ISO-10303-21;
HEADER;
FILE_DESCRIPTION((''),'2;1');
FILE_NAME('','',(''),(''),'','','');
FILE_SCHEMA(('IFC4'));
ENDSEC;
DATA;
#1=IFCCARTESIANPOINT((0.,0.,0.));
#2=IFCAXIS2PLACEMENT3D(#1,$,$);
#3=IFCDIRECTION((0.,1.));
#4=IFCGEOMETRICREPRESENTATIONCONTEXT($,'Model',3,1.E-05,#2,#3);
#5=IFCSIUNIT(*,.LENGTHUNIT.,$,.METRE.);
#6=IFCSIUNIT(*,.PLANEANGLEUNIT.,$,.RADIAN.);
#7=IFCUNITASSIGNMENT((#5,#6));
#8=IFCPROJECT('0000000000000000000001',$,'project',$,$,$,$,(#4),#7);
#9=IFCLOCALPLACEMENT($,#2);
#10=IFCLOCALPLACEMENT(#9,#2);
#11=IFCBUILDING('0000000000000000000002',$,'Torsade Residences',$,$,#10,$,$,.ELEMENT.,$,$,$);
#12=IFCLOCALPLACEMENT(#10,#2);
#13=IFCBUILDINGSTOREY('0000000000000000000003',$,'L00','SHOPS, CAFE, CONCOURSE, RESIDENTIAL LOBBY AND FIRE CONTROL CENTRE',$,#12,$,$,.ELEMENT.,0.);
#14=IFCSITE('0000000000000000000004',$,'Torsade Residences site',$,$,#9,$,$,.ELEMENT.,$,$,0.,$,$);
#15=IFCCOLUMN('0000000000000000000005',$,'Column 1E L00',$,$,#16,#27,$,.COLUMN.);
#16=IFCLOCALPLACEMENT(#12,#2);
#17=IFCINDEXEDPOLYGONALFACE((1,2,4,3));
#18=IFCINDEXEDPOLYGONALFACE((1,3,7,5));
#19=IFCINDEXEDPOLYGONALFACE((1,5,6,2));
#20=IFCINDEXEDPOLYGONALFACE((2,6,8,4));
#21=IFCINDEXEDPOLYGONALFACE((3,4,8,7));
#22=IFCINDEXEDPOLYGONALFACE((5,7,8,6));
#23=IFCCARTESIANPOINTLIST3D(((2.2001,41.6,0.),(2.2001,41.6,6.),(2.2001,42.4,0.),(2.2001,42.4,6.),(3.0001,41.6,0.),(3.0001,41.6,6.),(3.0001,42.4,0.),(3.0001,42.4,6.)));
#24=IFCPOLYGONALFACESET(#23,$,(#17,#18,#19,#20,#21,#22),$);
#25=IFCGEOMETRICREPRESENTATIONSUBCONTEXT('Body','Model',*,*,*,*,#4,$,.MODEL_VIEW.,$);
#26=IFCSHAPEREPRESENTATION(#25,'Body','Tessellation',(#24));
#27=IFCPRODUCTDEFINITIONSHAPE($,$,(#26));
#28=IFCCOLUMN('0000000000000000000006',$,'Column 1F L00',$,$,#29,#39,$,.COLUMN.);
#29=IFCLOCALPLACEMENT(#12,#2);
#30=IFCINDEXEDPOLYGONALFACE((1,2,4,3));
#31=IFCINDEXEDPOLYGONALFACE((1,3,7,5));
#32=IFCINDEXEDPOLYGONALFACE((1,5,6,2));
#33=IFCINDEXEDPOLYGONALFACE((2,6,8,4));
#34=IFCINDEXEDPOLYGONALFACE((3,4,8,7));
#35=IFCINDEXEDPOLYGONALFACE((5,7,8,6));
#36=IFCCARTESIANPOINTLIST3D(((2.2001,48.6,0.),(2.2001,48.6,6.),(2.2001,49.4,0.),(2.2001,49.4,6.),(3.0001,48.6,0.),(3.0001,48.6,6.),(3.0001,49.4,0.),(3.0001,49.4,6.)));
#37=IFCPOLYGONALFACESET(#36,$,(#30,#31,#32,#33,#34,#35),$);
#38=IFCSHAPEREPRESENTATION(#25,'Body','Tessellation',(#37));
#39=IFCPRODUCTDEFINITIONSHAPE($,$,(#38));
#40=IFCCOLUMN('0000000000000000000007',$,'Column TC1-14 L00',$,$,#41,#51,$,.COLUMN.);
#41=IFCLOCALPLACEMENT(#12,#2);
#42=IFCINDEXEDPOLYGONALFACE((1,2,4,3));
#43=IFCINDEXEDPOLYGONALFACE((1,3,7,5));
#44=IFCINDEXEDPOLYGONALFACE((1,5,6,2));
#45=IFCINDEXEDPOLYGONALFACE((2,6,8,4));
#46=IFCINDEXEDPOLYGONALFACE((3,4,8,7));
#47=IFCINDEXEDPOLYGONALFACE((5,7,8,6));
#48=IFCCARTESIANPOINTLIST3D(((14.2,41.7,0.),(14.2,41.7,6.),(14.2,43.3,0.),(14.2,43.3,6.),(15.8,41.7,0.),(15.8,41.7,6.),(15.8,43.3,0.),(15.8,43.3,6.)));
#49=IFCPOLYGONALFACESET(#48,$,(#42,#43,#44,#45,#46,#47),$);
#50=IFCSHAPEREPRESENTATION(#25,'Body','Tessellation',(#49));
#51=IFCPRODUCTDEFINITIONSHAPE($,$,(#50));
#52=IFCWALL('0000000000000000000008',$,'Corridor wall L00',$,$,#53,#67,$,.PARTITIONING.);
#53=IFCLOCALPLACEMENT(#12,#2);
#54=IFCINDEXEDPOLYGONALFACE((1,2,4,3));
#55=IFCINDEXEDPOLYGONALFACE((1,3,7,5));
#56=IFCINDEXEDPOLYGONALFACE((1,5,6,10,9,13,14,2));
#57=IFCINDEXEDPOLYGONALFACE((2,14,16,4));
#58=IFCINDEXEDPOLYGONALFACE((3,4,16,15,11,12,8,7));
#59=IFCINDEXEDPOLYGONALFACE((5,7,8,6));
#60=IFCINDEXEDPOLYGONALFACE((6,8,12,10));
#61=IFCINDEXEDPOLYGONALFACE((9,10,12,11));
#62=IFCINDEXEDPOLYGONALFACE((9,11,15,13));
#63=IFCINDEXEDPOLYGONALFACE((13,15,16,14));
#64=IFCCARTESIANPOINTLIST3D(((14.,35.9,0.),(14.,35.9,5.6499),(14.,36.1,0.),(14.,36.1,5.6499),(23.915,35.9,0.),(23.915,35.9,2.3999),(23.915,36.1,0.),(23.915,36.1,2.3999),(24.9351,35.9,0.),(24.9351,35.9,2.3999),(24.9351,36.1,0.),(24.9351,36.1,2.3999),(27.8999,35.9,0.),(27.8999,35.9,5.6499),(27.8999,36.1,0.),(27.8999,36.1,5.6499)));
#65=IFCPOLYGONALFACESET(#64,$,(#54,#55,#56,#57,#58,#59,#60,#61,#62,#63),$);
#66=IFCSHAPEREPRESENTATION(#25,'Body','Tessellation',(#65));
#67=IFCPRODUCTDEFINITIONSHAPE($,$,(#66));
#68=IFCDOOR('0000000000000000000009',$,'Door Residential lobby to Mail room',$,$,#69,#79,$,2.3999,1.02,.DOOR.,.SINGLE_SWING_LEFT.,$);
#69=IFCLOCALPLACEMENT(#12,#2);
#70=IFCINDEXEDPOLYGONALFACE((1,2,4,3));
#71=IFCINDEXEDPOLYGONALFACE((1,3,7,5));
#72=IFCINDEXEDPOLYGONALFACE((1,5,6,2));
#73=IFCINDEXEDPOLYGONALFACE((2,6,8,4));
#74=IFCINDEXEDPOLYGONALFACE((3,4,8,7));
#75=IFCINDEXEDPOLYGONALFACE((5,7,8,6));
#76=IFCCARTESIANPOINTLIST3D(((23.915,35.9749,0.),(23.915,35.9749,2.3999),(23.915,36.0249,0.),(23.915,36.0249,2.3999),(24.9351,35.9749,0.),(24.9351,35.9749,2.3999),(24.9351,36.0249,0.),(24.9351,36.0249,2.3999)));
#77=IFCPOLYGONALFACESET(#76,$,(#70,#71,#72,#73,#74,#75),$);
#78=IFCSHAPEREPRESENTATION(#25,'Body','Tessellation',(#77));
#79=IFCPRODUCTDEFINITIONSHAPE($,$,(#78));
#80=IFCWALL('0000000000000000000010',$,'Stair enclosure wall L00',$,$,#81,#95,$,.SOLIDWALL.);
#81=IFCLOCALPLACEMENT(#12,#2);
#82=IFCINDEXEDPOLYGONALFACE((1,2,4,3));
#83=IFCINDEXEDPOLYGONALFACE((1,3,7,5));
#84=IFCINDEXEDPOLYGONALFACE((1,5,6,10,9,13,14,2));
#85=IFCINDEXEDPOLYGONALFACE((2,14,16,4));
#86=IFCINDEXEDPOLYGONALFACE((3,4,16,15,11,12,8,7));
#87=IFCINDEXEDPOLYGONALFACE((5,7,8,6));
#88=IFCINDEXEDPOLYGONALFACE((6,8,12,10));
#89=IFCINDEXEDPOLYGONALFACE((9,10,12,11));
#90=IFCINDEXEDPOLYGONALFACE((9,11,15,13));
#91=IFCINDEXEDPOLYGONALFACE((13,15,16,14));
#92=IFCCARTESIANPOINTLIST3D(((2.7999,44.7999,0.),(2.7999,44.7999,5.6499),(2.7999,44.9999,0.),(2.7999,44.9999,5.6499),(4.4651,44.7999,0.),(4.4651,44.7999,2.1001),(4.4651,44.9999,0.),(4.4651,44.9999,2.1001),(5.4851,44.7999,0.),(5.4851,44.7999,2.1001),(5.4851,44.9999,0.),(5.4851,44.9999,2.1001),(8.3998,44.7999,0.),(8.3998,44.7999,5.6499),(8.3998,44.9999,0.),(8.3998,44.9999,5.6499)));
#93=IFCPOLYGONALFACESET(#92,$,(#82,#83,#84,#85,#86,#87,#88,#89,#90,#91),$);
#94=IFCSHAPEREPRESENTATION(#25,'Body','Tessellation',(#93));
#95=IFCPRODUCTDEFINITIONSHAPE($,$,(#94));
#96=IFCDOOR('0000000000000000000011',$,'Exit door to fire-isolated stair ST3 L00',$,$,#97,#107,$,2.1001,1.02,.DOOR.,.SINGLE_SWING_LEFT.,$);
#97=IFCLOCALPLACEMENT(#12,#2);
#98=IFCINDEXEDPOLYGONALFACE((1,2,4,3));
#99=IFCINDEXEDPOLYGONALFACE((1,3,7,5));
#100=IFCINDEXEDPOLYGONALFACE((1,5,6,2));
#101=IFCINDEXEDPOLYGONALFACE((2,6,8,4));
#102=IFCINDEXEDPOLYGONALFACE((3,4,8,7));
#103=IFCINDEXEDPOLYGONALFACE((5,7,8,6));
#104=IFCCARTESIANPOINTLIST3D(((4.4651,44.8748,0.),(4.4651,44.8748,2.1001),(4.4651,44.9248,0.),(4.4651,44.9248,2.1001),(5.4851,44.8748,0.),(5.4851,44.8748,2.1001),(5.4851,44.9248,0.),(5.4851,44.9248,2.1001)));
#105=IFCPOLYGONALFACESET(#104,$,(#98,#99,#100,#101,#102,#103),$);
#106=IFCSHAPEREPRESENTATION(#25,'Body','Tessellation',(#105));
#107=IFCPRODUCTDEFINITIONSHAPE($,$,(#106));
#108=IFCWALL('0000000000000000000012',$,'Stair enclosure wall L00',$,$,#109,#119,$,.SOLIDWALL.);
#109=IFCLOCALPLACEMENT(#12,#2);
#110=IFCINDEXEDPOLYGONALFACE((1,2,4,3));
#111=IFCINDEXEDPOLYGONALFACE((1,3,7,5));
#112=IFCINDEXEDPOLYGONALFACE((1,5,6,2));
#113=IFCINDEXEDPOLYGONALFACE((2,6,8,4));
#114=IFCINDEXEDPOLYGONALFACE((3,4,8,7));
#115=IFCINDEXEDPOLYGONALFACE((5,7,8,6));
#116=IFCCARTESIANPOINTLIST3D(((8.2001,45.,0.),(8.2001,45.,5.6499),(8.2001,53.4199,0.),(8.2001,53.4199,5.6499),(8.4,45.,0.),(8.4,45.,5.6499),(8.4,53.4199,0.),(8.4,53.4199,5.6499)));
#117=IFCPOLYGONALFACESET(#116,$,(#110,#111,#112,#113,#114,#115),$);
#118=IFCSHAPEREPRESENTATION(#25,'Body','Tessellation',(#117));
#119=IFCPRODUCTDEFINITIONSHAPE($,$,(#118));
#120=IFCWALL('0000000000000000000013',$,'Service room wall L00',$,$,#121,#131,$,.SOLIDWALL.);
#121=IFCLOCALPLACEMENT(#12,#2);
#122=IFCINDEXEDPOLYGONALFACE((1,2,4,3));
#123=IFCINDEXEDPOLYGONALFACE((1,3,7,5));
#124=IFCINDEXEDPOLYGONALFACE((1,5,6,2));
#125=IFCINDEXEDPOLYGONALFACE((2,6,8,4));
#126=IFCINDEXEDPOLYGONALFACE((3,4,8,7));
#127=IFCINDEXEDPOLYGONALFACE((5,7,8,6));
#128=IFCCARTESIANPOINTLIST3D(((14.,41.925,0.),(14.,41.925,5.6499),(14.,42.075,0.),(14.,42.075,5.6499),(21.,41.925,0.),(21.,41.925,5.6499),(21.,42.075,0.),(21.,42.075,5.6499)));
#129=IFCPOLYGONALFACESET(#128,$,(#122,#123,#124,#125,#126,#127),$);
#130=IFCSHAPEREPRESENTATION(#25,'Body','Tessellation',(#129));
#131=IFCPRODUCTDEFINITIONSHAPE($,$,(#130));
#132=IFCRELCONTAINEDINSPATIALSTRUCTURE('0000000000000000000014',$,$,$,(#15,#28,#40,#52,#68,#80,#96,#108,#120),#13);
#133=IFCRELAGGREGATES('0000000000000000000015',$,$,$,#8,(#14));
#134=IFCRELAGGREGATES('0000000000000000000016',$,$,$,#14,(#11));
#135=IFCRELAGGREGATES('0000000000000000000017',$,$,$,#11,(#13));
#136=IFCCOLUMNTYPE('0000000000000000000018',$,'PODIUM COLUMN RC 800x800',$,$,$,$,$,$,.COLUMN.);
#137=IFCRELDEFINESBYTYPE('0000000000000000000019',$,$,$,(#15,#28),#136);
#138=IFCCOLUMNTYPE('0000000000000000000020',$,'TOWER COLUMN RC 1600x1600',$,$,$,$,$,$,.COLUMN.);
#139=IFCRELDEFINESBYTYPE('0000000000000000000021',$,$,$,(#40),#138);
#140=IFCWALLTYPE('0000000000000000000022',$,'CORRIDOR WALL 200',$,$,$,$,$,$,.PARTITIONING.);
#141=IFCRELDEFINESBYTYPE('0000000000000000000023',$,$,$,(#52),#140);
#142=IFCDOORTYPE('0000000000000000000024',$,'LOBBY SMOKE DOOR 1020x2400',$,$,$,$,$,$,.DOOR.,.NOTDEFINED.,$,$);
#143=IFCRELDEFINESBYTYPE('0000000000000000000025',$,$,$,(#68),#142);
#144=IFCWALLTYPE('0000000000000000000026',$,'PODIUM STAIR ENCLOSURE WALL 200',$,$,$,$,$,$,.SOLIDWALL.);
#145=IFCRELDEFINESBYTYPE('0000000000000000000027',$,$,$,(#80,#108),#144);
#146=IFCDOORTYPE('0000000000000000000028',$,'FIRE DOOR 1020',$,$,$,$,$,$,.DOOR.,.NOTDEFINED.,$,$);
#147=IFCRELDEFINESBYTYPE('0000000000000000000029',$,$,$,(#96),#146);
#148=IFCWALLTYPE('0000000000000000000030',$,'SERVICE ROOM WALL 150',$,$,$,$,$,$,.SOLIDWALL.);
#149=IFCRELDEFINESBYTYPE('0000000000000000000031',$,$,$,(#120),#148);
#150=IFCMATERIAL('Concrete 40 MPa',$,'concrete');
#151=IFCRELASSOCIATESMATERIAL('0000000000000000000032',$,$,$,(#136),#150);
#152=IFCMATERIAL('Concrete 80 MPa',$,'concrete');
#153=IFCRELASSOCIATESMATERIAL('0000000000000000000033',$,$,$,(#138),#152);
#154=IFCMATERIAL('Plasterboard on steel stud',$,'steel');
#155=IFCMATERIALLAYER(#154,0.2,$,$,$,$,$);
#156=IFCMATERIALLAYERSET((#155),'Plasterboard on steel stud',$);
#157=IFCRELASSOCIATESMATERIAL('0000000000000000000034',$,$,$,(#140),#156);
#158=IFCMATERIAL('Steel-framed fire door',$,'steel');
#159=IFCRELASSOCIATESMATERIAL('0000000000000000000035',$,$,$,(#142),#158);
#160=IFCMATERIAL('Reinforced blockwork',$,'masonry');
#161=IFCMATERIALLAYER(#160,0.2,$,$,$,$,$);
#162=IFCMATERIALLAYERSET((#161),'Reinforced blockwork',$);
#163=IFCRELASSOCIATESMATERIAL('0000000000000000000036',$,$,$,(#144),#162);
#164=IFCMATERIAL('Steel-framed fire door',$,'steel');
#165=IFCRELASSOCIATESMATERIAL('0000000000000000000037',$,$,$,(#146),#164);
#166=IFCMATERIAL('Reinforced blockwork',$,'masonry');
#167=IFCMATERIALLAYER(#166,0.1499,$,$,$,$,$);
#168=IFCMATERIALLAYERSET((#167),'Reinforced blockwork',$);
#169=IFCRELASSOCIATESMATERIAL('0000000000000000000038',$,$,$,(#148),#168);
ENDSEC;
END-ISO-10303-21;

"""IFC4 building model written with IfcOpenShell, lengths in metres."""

from ifc_helpers import new_model, si_unit, direction, frame, frame_2d, origin, origin_2d, place, context, subcontext, project, spatial, rectangle, extrude, material, layer, layer_set, material_profile, profile_set, type_object, element, fill, save


model = new_model("IFC4")

# Units and contexts
model_context = context("Model", 3, precision=1e-05, world=origin(), true_north=direction((0.0, 1.0)))
body_context = subcontext(model_context, "Body", "Model", "MODEL_VIEW")
ifc_project = project(units=[si_unit("LENGTHUNIT", "METRE"), si_unit("PLANEANGLEUNIT", "RADIAN")], contexts=[model_context])

# Site, building, storey
site_placement = place(None, origin())
site = spatial("IfcSite", under=ifc_project, at=site_placement, Name="Torsade Residences site", CompositionType="ELEMENT", RefElevation=0.0)
building_placement = place(site_placement, origin())
building = spatial("IfcBuilding", under=site, at=building_placement, Name="Torsade Residences", CompositionType="ELEMENT")
storey_placement = place(building_placement, origin())
storey = spatial("IfcBuildingStorey", under=building, at=storey_placement, Name="L00", Description="SHOPS, CAFE, CONCOURSE, RESIDENTIAL LOBBY AND FIRE CONTROL CENTRE", CompositionType="ELEMENT", Elevation=0.0)

# Columns
ifc_material_1 = material(Name="Concrete 40 MPa", Category="concrete")
ifc_material_profile_1 = material_profile(ifc_material_1, rectangle(XDim=0.8, YDim=0.8, at=origin_2d()), Name="RC 800x800")
ifc_profile_set_1 = profile_set([ifc_material_profile_1], Name="Concrete 40 MPa")
column_type_1 = type_object("IfcColumnType", Name="PODIUM COLUMN RC 800x800", PredefinedType="COLUMN", material=ifc_profile_set_1)
for number, where, z_axis, x_axis, name in (
    (1, (2.6001, 42.0, 0.0), (0.0, 0.0, 1.0), (1.0, 0.0, 0.0), "Column 1E L00"),
    (2, (2.6001, 49.0, 0.0), (0.0, 0.0, 1.0), (1.0, 0.0, 0.0), "Column 1F L00"),
):
    element("IfcColumn", number, at=place(storey_placement, frame(where, z_axis=z_axis, x_axis=x_axis)), inside=storey, type_object=column_type_1, Name=name, PredefinedType="COLUMN", context=body_context, shape_type="SweptSolid", body=[
        extrude(rectangle(XDim=0.8, YDim=0.8, at=origin_2d()), origin(), (0.0, 0.0, 1.0), 6.0),
    ])
ifc_material_2 = material(Name="Concrete 80 MPa", Category="concrete")
ifc_material_profile_2 = material_profile(ifc_material_2, rectangle(XDim=1.6001, YDim=1.6001, at=origin_2d()), Name="RC 1600x1600")
ifc_profile_set_2 = profile_set([ifc_material_profile_2], Name="Concrete 80 MPa")
column_type_2 = type_object("IfcColumnType", Name="TOWER COLUMN RC 1600x1600", PredefinedType="COLUMN", material=ifc_profile_set_2)
column_placement = place(storey_placement, frame((15.0, 42.5, 0.0), z_axis=(0.0, 0.0, 1.0), x_axis=(1.0, 0.0, 0.0)))
element("IfcColumn", 3, at=column_placement, inside=storey, type_object=column_type_2, Name="Column TC1-14 L00", PredefinedType="COLUMN", context=body_context, shape_type="SweptSolid", body=[
    extrude(rectangle(XDim=1.6001, YDim=1.6001, at=origin_2d()), origin(), (0.0, 0.0, 1.0), 6.0),
])

# Walls, openings, doors
ifc_material_3 = material(Name="Plasterboard on steel stud", Category="steel")
ifc_layer_1 = layer(ifc_material_3, 0.2)
ifc_layer_set_1 = layer_set([ifc_layer_1], Name="Plasterboard on steel stud")
wall_type_1 = type_object("IfcWallType", Name="CORRIDOR WALL 200", PredefinedType="PARTITIONING", material=ifc_layer_set_1)
wall_1_placement = place(storey_placement, frame((14.0, 36.0, 0.0), z_axis=(0.0, 0.0, 1.0), x_axis=(1.0, 0.0, 0.0)))
wall_1 = element("IfcWall", 4, at=wall_1_placement, inside=storey, type_object=wall_type_1, Name="Corridor wall L00", PredefinedType="PARTITIONING", context=body_context, shape_type="SweptSolid", body=[
    extrude(rectangle(XDim=13.8999, YDim=0.2, at=frame_2d((6.95, 0.0))), origin(), (0.0, 0.0, 1.0), 5.6499),
])
opening_1_placement = place(wall_1_placement, frame((9.915, 0.0, 0.0)))
opening_1 = element("IfcOpeningElement", 5, at=opening_1_placement, cuts=wall_1, PredefinedType="OPENING", context=body_context, shape_type="SweptSolid", body=[
    extrude(rectangle(XDim=1.02, YDim=2.3999, at=frame_2d((0.51, 1.2))), frame((0.0, 0.1099, 0.0), z_axis=(0.0, -1.0, 0.0), x_axis=(1.0, 0.0, 0.0)), (0.0, 0.0, 1.0), 0.22),
])
ifc_material_4 = material(Name="Steel-framed fire door", Category="steel")
door_type_1 = type_object("IfcDoorType", Name="LOBBY SMOKE DOOR 1020x2400", OperationType="NOTDEFINED", PredefinedType="DOOR", material=ifc_material_4)
door_1_placement = place(opening_1_placement, origin())
door_1 = element("IfcDoor", 6, at=door_1_placement, inside=storey, type_object=door_type_1, Name="Door Residential lobby to Mail room", OperationType="SINGLE_SWING_LEFT", OverallHeight=2.3999, OverallWidth=1.02, PredefinedType="DOOR", context=body_context, shape_type="SweptSolid", body=[
    extrude(rectangle(XDim=1.02, YDim=2.3999, at=frame_2d((0.51, 1.2))), frame((0.0, 0.0249, 0.0), z_axis=(0.0, -1.0, 0.0), x_axis=(1.0, 0.0, 0.0)), (0.0, 0.0, 1.0), 0.05),
])
fill(opening_1, door_1)
ifc_material_5 = material(Name="Reinforced blockwork", Category="masonry")
ifc_layer_2 = layer(ifc_material_5, 0.2)
ifc_layer_set_2 = layer_set([ifc_layer_2], Name="Reinforced blockwork")
wall_type_2 = type_object("IfcWallType", Name="PODIUM STAIR ENCLOSURE WALL 200", PredefinedType="SOLIDWALL", material=ifc_layer_set_2)
wall_2_placement = place(storey_placement, frame((2.8, 44.8999, 0.0), z_axis=(0.0, 0.0, 1.0), x_axis=(1.0, 0.0, 0.0)))
wall_2 = element("IfcWall", 7, at=wall_2_placement, inside=storey, type_object=wall_type_2, Name="Stair enclosure wall L00", PredefinedType="SOLIDWALL", context=body_context, shape_type="SweptSolid", body=[
    extrude(rectangle(XDim=5.5999, YDim=0.2, at=frame_2d((2.7998, 0.0))), origin(), (0.0, 0.0, 1.0), 5.6499),
])
opening_2_placement = place(wall_2_placement, frame((1.665, 0.0, 0.0)))
opening_2 = element("IfcOpeningElement", 8, at=opening_2_placement, cuts=wall_2, PredefinedType="OPENING", context=body_context, shape_type="SweptSolid", body=[
    extrude(rectangle(XDim=1.02, YDim=2.1001, at=frame_2d((0.51, 1.05))), frame((0.0, 0.1099, 0.0), z_axis=(0.0, -1.0, 0.0), x_axis=(1.0, 0.0, 0.0)), (0.0, 0.0, 1.0), 0.22),
])
ifc_material_6 = material(Name="Steel-framed fire door", Category="steel")
door_type_2 = type_object("IfcDoorType", Name="FIRE DOOR 1020", OperationType="NOTDEFINED", PredefinedType="DOOR", material=ifc_material_6)
door_2_placement = place(opening_2_placement, origin())
door_2 = element("IfcDoor", 9, at=door_2_placement, inside=storey, type_object=door_type_2, Name="Exit door to fire-isolated stair ST3 L00", OperationType="SINGLE_SWING_LEFT", OverallHeight=2.1001, OverallWidth=1.02, PredefinedType="DOOR", context=body_context, shape_type="SweptSolid", body=[
    extrude(rectangle(XDim=1.02, YDim=2.1001, at=frame_2d((0.51, 1.05))), frame((0.0, 0.0249, 0.0), z_axis=(0.0, -1.0, 0.0), x_axis=(1.0, 0.0, 0.0)), (0.0, 0.0, 1.0), 0.05),
])
fill(opening_2, door_2)

# Walls
wall_3_placement = place(storey_placement, frame((8.3, 45.0, 0.0), z_axis=(0.0, 0.0, 1.0), x_axis=(0.0, 1.0, 0.0)))
element("IfcWall", 10, at=wall_3_placement, inside=storey, type_object=wall_type_2, Name="Stair enclosure wall L00", PredefinedType="SOLIDWALL", context=body_context, shape_type="SweptSolid", body=[
    extrude(rectangle(XDim=8.4199, YDim=0.2, at=frame_2d((4.21, 0.0))), origin(), (0.0, 0.0, 1.0), 5.6499),
])
ifc_material_7 = material(Name="Reinforced blockwork", Category="masonry")
ifc_layer_3 = layer(ifc_material_7, 0.1499)
ifc_layer_set_3 = layer_set([ifc_layer_3], Name="Reinforced blockwork")
wall_type_3 = type_object("IfcWallType", Name="SERVICE ROOM WALL 150", PredefinedType="SOLIDWALL", material=ifc_layer_set_3)
wall_4_placement = place(storey_placement, frame((14.0, 42.0, 0.0), z_axis=(0.0, 0.0, 1.0), x_axis=(1.0, 0.0, 0.0)))
element("IfcWall", 11, at=wall_4_placement, inside=storey, type_object=wall_type_3, Name="Service room wall L00", PredefinedType="SOLIDWALL", context=body_context, shape_type="SweptSolid", body=[
    extrude(rectangle(XDim=7.0, YDim=0.1499, at=frame_2d((3.5, 0.0))), origin(), (0.0, 0.0, 1.0), 5.6499),
])

save(model, "model.ifc")
